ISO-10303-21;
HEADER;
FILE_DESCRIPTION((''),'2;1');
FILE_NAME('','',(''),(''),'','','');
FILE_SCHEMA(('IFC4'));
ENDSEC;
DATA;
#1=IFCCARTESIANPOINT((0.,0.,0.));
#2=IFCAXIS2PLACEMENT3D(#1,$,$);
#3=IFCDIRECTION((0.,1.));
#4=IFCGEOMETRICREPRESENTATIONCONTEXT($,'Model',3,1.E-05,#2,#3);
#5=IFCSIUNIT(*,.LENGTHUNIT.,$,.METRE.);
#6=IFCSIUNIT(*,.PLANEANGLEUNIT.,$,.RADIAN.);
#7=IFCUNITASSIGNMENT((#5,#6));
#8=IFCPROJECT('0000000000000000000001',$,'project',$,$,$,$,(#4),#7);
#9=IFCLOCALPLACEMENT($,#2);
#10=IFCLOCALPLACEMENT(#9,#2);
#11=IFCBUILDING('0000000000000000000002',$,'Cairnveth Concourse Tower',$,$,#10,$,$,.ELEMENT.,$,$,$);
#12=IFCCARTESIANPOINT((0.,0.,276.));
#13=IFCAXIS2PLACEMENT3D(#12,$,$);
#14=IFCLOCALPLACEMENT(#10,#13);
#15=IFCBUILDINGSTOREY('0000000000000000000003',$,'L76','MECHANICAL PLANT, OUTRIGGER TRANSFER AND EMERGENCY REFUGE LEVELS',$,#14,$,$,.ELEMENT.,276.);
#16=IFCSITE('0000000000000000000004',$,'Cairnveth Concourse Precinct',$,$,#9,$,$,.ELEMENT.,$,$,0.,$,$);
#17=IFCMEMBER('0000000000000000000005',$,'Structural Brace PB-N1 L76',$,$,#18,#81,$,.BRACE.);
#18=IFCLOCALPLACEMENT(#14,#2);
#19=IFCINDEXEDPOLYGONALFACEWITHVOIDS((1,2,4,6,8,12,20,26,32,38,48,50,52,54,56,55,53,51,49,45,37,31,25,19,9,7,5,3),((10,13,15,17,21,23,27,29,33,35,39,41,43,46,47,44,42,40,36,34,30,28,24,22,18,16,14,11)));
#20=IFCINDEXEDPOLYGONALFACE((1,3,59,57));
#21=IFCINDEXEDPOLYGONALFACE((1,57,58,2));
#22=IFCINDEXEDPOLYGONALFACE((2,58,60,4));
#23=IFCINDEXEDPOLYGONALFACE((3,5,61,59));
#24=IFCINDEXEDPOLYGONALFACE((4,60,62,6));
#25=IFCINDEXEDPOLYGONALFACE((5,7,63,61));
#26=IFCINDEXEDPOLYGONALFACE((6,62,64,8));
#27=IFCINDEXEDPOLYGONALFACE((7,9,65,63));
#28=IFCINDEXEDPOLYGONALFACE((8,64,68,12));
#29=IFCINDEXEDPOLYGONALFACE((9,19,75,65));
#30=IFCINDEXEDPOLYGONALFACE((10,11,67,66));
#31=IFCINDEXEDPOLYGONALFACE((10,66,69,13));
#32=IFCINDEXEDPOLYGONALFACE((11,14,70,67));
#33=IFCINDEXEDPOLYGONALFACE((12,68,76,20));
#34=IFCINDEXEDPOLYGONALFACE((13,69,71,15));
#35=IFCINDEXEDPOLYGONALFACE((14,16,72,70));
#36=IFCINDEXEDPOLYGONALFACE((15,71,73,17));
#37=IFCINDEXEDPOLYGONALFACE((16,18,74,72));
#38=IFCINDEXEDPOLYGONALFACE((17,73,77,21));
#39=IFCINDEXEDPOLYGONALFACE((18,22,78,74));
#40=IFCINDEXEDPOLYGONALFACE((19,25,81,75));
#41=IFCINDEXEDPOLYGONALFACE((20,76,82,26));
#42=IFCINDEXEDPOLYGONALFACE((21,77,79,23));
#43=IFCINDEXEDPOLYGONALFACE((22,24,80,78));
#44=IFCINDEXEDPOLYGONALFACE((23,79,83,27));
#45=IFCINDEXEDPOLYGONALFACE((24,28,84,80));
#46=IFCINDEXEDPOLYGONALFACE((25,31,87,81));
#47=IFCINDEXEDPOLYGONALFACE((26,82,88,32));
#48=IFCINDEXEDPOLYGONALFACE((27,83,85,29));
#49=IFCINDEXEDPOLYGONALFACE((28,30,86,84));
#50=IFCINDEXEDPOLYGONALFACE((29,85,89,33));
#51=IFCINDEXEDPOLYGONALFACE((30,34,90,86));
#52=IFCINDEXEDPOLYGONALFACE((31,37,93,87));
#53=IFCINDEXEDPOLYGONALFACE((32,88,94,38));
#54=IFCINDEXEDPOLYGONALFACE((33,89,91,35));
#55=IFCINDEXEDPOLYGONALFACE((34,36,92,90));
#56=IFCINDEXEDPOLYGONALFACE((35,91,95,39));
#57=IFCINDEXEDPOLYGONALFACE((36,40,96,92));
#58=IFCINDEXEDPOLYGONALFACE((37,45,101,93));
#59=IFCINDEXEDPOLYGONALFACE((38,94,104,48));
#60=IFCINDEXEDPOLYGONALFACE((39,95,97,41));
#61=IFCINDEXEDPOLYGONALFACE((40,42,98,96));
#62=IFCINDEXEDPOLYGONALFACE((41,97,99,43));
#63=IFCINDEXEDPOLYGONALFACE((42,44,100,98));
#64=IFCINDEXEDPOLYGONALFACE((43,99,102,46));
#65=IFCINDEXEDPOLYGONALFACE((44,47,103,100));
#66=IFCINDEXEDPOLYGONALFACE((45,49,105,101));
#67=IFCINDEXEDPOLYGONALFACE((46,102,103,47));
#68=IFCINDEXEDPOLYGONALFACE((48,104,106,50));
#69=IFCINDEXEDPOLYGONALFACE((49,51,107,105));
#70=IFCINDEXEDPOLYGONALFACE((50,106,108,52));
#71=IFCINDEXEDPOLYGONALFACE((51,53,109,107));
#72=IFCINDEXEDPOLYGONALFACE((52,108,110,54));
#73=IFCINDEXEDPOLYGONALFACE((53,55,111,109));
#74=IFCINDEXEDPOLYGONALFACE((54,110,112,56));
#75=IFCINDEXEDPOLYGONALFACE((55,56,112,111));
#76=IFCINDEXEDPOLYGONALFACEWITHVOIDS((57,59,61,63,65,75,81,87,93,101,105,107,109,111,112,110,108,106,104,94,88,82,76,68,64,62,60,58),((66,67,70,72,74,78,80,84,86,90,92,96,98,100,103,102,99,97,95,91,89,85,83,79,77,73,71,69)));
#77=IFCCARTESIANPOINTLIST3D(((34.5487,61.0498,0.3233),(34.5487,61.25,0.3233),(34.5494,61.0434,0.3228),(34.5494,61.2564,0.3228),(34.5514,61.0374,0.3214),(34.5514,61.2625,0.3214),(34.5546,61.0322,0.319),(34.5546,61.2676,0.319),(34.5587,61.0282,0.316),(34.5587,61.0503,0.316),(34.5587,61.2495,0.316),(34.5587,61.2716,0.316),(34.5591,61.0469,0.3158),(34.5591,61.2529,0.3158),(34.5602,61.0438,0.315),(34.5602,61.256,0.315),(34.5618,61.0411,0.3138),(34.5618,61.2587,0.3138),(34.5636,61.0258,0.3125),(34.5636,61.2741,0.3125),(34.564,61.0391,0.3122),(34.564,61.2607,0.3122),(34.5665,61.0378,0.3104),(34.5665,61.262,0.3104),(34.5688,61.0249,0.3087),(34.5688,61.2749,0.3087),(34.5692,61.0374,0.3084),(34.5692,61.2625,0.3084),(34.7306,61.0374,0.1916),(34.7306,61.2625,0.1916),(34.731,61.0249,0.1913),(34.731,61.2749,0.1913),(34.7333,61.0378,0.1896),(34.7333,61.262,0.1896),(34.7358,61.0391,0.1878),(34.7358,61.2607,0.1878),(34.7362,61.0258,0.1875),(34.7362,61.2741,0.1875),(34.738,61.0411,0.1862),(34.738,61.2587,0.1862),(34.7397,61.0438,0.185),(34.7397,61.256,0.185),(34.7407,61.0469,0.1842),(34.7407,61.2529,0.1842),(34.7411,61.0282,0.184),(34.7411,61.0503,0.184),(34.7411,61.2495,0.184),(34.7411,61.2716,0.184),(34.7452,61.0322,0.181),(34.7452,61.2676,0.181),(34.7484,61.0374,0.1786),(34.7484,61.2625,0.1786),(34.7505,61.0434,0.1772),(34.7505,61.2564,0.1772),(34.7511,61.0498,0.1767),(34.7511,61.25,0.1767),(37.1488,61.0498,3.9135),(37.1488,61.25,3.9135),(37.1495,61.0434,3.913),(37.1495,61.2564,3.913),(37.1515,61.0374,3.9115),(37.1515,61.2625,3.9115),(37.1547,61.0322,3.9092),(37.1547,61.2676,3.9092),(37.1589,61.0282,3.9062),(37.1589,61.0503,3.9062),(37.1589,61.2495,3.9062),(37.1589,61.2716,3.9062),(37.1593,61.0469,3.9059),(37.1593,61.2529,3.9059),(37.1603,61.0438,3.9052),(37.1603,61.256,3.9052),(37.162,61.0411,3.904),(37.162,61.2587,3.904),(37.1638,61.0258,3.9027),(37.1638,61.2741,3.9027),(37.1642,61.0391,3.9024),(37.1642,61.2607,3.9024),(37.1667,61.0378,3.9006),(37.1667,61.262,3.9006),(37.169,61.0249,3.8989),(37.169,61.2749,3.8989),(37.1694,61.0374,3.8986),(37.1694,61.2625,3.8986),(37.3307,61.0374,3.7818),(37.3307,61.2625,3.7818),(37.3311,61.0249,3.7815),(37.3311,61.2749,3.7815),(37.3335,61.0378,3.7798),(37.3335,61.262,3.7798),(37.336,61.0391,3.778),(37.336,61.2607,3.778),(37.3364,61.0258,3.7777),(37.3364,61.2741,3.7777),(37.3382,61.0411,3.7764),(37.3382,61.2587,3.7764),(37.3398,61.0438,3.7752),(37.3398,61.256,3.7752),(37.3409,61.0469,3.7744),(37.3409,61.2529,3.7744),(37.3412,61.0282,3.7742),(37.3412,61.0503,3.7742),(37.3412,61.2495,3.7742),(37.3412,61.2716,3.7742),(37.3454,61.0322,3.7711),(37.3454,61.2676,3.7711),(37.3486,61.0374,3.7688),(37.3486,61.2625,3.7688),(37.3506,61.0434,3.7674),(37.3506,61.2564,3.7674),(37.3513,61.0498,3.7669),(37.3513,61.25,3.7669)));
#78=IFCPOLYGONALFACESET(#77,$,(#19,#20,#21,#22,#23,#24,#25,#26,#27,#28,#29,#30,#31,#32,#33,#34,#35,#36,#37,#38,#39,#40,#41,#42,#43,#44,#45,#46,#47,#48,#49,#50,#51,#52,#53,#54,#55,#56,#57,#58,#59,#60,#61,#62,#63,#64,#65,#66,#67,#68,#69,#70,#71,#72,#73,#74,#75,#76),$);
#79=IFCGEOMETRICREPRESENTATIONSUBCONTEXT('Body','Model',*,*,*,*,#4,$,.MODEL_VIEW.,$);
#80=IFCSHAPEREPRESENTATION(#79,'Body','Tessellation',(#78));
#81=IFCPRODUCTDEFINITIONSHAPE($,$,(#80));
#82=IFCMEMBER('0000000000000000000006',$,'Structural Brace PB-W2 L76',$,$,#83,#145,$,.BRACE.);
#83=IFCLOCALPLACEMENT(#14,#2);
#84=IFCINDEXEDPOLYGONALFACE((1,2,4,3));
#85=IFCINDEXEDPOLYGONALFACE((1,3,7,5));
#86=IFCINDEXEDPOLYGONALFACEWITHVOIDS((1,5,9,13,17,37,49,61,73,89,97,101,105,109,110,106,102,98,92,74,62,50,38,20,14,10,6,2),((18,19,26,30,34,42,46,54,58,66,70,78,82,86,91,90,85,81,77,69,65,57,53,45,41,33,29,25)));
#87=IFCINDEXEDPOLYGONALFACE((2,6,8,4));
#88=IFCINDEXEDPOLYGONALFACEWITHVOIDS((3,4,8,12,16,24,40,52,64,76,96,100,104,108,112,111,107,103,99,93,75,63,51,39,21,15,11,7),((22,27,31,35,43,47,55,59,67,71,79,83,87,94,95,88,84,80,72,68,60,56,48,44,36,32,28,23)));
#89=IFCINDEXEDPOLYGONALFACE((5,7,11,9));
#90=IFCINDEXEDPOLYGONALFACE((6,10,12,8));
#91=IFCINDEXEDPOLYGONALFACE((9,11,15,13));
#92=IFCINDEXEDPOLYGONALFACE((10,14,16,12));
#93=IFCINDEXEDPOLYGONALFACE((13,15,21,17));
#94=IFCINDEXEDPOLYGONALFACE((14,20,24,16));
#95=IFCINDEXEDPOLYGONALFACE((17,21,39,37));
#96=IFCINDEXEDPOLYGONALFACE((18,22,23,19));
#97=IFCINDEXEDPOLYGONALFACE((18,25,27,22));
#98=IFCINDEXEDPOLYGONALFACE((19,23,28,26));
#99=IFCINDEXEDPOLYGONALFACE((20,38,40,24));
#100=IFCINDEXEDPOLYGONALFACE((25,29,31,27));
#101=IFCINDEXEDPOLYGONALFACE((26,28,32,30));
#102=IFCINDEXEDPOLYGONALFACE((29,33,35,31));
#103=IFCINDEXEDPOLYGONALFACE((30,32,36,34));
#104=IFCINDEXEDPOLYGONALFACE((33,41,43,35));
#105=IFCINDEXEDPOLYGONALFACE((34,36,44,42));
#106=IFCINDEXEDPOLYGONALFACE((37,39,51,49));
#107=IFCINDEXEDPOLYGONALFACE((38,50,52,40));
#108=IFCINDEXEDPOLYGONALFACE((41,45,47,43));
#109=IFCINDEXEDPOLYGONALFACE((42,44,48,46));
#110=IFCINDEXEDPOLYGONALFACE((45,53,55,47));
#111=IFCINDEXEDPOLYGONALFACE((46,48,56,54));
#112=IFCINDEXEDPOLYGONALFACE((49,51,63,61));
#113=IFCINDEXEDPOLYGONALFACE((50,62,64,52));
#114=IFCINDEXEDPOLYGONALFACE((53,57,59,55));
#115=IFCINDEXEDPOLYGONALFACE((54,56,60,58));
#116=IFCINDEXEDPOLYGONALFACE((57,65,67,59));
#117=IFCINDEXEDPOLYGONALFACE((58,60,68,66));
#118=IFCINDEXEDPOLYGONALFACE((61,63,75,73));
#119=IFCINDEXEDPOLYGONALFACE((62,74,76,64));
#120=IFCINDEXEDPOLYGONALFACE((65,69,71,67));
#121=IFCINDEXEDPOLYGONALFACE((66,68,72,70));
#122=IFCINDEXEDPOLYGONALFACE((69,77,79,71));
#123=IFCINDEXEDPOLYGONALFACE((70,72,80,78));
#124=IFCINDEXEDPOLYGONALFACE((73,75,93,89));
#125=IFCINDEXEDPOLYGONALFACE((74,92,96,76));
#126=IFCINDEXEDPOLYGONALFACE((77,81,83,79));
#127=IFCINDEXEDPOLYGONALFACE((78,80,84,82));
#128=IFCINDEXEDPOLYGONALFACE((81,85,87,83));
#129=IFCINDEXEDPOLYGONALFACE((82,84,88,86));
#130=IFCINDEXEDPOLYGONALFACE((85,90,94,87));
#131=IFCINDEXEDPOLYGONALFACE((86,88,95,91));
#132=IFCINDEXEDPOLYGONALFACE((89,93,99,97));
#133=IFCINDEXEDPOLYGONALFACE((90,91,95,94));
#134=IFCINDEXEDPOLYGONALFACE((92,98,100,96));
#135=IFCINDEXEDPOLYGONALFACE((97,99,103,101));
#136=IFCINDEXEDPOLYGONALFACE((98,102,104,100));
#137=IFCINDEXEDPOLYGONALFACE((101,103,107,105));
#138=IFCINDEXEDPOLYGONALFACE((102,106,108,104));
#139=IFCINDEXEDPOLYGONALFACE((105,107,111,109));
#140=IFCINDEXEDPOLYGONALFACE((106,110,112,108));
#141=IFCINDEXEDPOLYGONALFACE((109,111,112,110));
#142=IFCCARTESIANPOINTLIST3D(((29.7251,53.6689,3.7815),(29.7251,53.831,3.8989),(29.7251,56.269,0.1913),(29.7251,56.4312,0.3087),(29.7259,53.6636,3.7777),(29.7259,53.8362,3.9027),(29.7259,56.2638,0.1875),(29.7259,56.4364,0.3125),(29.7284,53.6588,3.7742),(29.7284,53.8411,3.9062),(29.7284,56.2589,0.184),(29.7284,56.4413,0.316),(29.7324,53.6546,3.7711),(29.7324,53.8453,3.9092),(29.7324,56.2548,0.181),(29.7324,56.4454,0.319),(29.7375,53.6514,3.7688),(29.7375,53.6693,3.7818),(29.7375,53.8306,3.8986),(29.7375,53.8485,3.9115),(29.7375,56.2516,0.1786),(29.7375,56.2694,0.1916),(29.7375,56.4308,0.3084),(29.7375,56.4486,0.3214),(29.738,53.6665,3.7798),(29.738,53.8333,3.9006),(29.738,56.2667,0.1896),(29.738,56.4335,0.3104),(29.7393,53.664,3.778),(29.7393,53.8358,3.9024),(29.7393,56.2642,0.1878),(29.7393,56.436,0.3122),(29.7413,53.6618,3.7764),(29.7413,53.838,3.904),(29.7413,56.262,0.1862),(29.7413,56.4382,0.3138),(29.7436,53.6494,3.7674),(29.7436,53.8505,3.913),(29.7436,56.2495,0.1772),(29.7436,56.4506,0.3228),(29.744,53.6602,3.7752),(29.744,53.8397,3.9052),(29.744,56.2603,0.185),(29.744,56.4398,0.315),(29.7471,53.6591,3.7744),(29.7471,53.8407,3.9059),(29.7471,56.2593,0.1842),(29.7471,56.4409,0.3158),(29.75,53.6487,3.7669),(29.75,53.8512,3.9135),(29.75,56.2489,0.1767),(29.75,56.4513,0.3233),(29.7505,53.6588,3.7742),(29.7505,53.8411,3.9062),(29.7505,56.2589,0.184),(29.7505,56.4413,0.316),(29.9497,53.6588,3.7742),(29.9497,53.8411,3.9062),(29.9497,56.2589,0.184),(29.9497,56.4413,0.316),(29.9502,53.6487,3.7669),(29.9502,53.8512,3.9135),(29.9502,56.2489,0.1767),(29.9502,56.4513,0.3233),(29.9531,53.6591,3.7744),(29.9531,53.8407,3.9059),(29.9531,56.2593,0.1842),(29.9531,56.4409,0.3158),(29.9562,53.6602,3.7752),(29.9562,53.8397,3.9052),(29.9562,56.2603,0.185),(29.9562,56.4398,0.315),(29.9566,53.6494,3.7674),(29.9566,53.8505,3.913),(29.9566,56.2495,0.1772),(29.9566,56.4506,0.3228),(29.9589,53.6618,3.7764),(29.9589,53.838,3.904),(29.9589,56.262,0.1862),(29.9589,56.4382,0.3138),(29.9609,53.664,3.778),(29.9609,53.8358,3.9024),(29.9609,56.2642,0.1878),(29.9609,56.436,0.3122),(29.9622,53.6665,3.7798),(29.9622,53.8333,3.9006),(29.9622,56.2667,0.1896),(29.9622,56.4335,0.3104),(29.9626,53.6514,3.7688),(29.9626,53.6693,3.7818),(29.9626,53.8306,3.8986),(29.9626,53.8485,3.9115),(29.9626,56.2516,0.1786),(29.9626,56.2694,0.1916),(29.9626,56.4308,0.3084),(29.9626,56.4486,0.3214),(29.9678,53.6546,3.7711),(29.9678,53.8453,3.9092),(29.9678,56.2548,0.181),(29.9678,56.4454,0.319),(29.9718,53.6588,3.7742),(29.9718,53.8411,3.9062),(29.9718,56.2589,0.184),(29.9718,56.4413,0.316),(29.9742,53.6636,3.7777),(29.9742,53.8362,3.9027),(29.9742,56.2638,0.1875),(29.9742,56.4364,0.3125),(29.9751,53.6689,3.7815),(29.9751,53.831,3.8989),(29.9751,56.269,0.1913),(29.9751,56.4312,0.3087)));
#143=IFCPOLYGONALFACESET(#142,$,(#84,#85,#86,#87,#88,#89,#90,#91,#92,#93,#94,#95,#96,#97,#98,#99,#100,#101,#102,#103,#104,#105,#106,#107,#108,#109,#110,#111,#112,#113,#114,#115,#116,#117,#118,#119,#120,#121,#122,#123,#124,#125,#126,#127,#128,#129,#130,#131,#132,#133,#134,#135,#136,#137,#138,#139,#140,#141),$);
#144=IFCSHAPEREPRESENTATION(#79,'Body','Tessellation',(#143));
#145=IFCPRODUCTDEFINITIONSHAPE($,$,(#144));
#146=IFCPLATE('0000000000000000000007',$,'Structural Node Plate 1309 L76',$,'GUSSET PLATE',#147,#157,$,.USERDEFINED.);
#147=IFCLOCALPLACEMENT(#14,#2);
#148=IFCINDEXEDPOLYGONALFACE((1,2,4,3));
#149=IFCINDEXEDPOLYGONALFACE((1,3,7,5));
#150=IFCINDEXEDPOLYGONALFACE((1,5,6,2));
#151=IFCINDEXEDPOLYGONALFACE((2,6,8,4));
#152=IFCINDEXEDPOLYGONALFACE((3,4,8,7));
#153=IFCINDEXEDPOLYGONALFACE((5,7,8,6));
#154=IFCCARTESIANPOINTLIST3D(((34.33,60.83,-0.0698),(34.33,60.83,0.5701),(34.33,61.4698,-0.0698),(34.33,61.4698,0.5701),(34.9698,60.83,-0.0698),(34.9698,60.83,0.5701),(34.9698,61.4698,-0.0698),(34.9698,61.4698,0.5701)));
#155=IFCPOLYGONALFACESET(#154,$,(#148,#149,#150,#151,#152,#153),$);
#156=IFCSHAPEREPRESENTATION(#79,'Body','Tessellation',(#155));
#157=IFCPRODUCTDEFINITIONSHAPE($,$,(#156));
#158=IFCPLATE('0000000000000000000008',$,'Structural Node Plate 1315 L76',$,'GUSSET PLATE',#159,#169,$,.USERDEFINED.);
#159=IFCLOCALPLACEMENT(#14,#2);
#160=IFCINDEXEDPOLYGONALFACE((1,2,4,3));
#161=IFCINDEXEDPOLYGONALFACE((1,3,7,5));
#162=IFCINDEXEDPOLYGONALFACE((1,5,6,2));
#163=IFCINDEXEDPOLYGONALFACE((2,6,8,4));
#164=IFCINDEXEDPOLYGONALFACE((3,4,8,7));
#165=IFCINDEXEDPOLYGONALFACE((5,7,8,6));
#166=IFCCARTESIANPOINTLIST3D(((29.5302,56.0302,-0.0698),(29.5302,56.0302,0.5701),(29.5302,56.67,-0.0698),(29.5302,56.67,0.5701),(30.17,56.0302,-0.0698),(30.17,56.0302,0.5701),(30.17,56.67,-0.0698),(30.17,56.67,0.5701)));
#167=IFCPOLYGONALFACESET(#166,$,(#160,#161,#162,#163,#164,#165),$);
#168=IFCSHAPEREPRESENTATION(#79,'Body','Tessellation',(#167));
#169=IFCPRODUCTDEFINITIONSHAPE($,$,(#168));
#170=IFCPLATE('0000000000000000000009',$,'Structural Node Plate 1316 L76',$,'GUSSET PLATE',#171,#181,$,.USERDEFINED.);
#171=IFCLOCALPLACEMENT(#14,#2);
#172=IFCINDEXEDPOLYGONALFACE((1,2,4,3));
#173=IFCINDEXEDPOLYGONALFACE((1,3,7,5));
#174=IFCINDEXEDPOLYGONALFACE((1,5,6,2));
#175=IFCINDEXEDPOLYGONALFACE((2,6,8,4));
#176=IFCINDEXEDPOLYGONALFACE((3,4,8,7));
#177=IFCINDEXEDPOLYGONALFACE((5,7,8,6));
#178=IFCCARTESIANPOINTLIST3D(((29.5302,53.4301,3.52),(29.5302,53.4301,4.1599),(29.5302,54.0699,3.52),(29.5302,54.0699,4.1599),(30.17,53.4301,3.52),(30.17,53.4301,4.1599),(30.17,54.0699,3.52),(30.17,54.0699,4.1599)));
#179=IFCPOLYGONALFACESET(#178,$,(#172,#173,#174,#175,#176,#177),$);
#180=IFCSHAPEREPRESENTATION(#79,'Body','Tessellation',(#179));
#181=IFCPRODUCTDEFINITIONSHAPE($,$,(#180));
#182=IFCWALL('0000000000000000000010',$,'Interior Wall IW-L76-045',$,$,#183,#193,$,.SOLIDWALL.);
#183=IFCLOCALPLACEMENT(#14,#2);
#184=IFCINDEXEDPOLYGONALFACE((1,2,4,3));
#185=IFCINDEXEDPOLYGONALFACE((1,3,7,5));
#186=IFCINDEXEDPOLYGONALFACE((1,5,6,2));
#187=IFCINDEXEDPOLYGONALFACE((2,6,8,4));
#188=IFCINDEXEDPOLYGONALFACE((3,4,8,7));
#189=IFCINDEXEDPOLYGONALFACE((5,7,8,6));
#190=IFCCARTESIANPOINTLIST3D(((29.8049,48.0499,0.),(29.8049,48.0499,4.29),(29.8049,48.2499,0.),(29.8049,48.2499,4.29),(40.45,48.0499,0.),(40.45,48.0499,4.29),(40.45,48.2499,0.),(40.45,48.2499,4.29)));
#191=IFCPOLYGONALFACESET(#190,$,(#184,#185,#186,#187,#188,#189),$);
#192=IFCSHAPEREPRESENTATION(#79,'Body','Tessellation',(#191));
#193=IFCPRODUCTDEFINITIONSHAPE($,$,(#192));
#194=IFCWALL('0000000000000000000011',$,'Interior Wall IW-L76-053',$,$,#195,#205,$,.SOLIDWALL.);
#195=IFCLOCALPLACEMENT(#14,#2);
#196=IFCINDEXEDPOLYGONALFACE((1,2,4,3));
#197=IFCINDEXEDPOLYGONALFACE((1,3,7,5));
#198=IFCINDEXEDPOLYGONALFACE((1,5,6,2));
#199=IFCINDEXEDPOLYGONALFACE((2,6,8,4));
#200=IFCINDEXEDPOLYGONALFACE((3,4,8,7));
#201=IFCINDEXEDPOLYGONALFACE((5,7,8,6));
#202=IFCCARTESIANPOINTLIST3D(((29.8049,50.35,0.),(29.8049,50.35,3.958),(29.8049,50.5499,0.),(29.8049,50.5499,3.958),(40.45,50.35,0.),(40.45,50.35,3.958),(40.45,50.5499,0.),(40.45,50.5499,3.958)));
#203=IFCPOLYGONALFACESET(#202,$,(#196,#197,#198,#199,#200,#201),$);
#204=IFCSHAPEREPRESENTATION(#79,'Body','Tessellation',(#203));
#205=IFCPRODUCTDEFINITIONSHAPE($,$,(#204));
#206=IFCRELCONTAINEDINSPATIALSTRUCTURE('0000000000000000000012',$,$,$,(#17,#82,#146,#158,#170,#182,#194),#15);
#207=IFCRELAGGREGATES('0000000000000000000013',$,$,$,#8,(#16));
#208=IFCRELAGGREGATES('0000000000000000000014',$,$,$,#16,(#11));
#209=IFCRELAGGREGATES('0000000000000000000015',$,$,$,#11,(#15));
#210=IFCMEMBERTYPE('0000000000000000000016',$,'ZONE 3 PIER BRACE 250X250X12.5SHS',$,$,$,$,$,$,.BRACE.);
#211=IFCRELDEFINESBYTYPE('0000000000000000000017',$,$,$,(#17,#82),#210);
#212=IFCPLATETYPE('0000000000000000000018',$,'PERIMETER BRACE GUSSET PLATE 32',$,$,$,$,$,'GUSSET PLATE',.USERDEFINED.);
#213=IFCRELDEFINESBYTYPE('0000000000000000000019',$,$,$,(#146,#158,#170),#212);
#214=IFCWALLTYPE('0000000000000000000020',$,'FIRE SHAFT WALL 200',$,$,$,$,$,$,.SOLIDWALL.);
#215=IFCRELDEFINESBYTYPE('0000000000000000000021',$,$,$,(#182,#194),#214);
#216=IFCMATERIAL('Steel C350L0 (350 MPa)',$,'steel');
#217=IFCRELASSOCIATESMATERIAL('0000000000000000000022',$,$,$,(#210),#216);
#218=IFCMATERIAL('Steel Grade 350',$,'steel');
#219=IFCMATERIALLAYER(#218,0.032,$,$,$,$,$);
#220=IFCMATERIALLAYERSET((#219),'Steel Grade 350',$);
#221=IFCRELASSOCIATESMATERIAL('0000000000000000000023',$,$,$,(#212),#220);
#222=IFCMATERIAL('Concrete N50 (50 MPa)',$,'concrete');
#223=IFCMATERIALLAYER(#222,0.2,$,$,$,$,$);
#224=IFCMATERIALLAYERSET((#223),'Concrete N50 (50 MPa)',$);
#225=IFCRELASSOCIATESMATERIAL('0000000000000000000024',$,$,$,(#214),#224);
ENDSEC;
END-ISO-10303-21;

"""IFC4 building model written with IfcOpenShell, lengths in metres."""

from ifc_helpers import new_model, si_unit, direction, frame, frame_2d, origin, origin_2d, place, context, subcontext, project, spatial, rectangle, hollow_rectangle, extrude, material, layer, layer_set, material_profile, profile_set, type_object, element, save


model = new_model("IFC4")

# Units and contexts
model_context = context("Model", 3, precision=1e-05, world=origin(), true_north=direction((0.0, 1.0)))
body_context = subcontext(model_context, "Body", "Model", "MODEL_VIEW")
ifc_project = project(units=[si_unit("LENGTHUNIT", "METRE"), si_unit("PLANEANGLEUNIT", "RADIAN")], contexts=[model_context])

# Site, building, storey
site_placement = place(None, origin())
site = spatial("IfcSite", under=ifc_project, at=site_placement, Name="Cairnveth Concourse Precinct", CompositionType="ELEMENT", RefElevation=0.0)
building_placement = place(site_placement, origin())
building = spatial("IfcBuilding", under=site, at=building_placement, Name="Cairnveth Concourse Tower", CompositionType="ELEMENT")
storey_placement = place(building_placement, frame((0.0, 0.0, 276.0)))
storey = spatial("IfcBuildingStorey", under=building, at=storey_placement, Name="L76", Description="MECHANICAL PLANT, OUTRIGGER TRANSFER AND EMERGENCY REFUGE LEVELS", CompositionType="ELEMENT", Elevation=276.0)

# Shared definitions
ifc_material_1 = material(Name="Steel Grade 350", Category="steel")

# Members
ifc_material_2 = material(Name="Steel C350L0 (350 MPa)", Category="steel")
ifc_material_profile_1 = material_profile(ifc_material_2, hollow_rectangle(XDim=0.25, YDim=0.25, WallThickness=0.0125, InnerFilletRadius=0.0129, OuterFilletRadius=0.0249, at=origin_2d()), Name="250x250x12.5SHS")
ifc_profile_set_1 = profile_set([ifc_material_profile_1], Name="Steel C350L0 (350 MPa)")
member_type = type_object("IfcMemberType", Name="ZONE 3 PIER BRACE 250X250X12.5SHS", PredefinedType="BRACE", material=ifc_profile_set_1)
for number, where, z_axis, x_axis, name in (
    (1, (34.6499, 61.1499, 0.25), (0.586566, 0.0, 0.809902), (0.0, 1.0, 0.0), "Structural Brace PB-N1 L76"),
    (2, (29.8501, 56.3501, 0.25), (0.0, -0.586566, 0.809902), (1.0, 0.0, 0.0), "Structural Brace PB-W2 L76"),
):
    element("IfcMember", number, at=place(storey_placement, frame(where, z_axis=z_axis, x_axis=x_axis)), inside=storey, type_object=member_type, Name=name, PredefinedType="BRACE", context=body_context, shape_type="SweptSolid", body=[
        extrude(hollow_rectangle(XDim=0.25, YDim=0.25, WallThickness=0.0125, InnerFilletRadius=0.0129, OuterFilletRadius=0.0249, at=origin_2d()), origin(), (0.0, 0.0, 1.0), 4.4329),
    ])

# Plates
ifc_layer_1 = layer(ifc_material_1, 0.032)
ifc_layer_set_1 = layer_set([ifc_layer_1], Name="Steel Grade 350")
plate_type = type_object("IfcPlateType", Name="PERIMETER BRACE GUSSET PLATE 32", ElementType="GUSSET PLATE", PredefinedType="USERDEFINED", material=ifc_layer_set_1)
for number, where, z_axis, x_axis, name in (
    (3, (34.6499, 61.1499, -0.0698), (0.0, 0.0, 1.0), (1.0, 0.0, 0.0), "Structural Node Plate 1309 L76"),
    (4, (29.8501, 56.3501, -0.0698), (0.0, 0.0, 1.0), (1.0, 0.0, 0.0), "Structural Node Plate 1315 L76"),
    (5, (29.8501, 53.75, 3.52), (0.0, 0.0, 1.0), (1.0, 0.0, 0.0), "Structural Node Plate 1316 L76"),
):
    element("IfcPlate", number, at=place(storey_placement, frame(where, z_axis=z_axis, x_axis=x_axis)), inside=storey, type_object=plate_type, Name=name, ObjectType="GUSSET PLATE", PredefinedType="USERDEFINED", context=body_context, shape_type="SweptSolid", body=[
        extrude(rectangle(XDim=0.6399, YDim=0.6399, at=origin_2d()), origin(), (0.0, 0.0, 1.0), 0.6399),
    ])

# Walls
ifc_material_3 = material(Name="Concrete N50 (50 MPa)", Category="concrete")
ifc_layer_2 = layer(ifc_material_3, 0.2)
ifc_layer_set_2 = layer_set([ifc_layer_2], Name="Concrete N50 (50 MPa)")
wall_type_1 = type_object("IfcWallType", Name="FIRE SHAFT WALL 200", PredefinedType="SOLIDWALL", material=ifc_layer_set_2)
wall_1_placement = place(storey_placement, frame((29.8049, 48.1499, 0.0), z_axis=(0.0, 0.0, 1.0), x_axis=(1.0, 0.0, 0.0)))
element("IfcWall", 6, at=wall_1_placement, inside=storey, type_object=wall_type_1, Name="Interior Wall IW-L76-045", PredefinedType="SOLIDWALL", context=body_context, shape_type="SweptSolid", body=[
    extrude(rectangle(XDim=10.645, YDim=0.2, at=frame_2d((5.3225, 0.0))), origin(), (0.0, 0.0, 1.0), 4.29),
])
wall_2_placement = place(storey_placement, frame((29.8049, 50.45, 0.0), z_axis=(0.0, 0.0, 1.0), x_axis=(1.0, 0.0, 0.0)))
element("IfcWall", 7, at=wall_2_placement, inside=storey, type_object=wall_type_1, Name="Interior Wall IW-L76-053", PredefinedType="SOLIDWALL", context=body_context, shape_type="SweptSolid", body=[
    extrude(rectangle(XDim=10.645, YDim=0.2, at=frame_2d((5.3225, 0.0))), origin(), (0.0, 0.0, 1.0), 3.958),
])

save(model, "model.ifc")
